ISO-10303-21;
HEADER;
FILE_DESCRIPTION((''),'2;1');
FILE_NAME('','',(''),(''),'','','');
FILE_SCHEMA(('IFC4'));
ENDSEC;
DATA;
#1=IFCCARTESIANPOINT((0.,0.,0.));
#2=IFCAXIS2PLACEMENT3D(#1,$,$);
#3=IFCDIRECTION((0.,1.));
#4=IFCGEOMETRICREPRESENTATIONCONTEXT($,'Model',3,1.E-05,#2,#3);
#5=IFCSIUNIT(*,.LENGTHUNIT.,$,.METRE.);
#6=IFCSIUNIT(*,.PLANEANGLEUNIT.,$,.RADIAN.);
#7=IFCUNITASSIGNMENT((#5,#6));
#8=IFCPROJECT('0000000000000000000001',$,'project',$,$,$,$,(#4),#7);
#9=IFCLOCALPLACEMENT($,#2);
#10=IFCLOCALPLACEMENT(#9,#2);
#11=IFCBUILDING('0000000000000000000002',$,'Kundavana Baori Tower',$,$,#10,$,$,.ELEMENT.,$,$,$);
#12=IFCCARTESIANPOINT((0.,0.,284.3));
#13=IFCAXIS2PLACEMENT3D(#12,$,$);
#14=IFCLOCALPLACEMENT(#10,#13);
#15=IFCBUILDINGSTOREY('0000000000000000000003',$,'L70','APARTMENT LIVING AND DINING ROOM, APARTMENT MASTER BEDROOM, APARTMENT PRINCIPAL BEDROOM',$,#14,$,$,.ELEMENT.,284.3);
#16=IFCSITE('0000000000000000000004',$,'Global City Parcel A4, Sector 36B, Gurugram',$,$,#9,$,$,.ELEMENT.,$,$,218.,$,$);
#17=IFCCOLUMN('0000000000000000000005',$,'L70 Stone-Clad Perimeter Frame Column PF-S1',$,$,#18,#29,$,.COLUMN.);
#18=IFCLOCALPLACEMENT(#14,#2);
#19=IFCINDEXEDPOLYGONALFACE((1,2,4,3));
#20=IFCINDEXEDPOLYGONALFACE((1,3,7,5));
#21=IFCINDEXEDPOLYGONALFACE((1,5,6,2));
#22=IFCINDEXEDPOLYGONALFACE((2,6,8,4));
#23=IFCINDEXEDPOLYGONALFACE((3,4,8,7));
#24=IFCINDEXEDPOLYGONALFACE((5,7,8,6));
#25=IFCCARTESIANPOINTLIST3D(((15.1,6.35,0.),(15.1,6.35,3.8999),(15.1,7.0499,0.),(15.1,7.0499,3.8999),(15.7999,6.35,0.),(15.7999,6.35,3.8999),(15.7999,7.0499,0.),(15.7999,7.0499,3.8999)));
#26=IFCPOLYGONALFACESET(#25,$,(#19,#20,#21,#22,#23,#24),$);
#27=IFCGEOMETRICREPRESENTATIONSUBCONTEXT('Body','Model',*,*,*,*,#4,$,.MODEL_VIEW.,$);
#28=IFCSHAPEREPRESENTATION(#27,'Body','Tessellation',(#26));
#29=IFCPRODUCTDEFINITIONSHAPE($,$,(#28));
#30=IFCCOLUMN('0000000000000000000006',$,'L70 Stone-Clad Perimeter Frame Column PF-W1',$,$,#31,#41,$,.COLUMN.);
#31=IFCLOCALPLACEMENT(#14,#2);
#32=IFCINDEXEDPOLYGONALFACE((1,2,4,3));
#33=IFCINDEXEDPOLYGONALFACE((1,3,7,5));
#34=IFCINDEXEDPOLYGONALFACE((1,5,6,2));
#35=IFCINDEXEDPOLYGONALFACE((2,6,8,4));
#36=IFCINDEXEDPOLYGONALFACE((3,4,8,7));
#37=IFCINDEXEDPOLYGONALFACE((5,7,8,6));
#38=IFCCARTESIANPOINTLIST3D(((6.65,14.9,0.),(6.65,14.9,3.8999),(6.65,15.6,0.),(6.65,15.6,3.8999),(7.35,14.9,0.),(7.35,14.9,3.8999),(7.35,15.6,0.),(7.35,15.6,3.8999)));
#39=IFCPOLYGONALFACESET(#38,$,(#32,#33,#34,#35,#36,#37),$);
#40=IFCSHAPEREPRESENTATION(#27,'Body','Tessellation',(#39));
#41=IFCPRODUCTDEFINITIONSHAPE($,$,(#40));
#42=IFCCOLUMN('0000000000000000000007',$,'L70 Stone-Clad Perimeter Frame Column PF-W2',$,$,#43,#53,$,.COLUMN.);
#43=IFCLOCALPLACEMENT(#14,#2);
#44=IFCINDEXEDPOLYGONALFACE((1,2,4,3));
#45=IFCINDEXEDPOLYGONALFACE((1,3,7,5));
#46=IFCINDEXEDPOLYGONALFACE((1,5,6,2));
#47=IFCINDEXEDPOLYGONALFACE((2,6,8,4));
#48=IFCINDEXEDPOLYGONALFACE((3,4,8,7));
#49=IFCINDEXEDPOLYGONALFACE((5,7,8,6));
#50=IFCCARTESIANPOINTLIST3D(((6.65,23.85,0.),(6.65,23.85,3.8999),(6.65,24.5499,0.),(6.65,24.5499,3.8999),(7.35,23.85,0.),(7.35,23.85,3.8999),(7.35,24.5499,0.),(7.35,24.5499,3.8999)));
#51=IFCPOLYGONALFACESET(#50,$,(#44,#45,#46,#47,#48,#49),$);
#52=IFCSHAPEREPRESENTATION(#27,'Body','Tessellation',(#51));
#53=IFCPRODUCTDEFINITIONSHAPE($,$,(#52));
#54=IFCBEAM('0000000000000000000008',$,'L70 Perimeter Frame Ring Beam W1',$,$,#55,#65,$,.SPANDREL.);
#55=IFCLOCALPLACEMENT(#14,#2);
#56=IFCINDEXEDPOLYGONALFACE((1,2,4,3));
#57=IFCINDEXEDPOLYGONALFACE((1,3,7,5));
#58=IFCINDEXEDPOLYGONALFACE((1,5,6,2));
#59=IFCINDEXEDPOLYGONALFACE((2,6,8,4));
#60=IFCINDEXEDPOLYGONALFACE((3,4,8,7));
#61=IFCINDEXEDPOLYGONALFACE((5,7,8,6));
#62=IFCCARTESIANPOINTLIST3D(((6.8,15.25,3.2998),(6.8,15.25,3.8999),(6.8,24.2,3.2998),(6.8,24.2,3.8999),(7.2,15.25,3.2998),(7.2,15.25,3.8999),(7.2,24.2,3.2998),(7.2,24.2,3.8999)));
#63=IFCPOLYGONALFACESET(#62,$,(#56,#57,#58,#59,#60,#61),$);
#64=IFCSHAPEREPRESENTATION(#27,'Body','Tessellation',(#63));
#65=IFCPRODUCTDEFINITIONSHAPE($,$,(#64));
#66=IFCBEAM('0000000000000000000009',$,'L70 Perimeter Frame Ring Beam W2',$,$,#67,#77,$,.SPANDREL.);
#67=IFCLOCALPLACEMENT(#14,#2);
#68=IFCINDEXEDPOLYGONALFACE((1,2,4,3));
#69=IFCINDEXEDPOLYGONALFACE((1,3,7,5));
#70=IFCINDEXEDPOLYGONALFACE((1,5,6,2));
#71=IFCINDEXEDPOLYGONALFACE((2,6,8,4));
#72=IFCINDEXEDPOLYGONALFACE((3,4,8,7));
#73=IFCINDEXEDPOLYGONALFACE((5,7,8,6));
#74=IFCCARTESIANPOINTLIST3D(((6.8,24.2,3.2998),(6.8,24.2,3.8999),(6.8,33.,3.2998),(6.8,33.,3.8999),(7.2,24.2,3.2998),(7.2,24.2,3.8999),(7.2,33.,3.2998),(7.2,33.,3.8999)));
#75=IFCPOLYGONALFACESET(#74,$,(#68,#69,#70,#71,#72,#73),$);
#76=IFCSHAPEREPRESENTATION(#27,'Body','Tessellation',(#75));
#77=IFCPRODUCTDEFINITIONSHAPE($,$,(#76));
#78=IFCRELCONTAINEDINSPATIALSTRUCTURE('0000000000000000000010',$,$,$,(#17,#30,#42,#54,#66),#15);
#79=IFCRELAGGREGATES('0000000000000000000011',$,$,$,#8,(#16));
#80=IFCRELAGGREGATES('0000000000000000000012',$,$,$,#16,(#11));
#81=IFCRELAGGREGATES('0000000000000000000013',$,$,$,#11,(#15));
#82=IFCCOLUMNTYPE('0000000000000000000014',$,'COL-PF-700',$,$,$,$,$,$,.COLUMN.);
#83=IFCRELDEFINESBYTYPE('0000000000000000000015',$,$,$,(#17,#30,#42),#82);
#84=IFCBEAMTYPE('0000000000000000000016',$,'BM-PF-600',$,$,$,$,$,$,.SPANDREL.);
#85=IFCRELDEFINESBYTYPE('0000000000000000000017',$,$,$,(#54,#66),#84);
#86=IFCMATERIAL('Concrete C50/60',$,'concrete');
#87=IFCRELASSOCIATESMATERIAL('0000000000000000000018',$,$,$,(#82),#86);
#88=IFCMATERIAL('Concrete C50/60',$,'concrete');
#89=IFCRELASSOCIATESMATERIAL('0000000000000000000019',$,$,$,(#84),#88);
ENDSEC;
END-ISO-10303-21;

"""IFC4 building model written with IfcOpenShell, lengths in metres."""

from ifc_helpers import new_model, si_unit, direction, frame, origin, origin_2d, place, context, subcontext, project, spatial, rectangle, extrude, material, material_profile, profile_set, type_object, element, save


model = new_model("IFC4")

# Units and contexts
model_context = context("Model", 3, precision=1e-05, world=origin(), true_north=direction((0.0, 1.0)))
body_context = subcontext(model_context, "Body", "Model", "MODEL_VIEW")
ifc_project = project(units=[si_unit("LENGTHUNIT", "METRE"), si_unit("PLANEANGLEUNIT", "RADIAN")], contexts=[model_context])

# Site, building, storey
site_placement = place(None, origin())
site = spatial("IfcSite", under=ifc_project, at=site_placement, Name="Global City Parcel A4, Sector 36B, Gurugram", CompositionType="ELEMENT", RefElevation=218.0)
building_placement = place(site_placement, origin())
building = spatial("IfcBuilding", under=site, at=building_placement, Name="Kundavana Baori Tower", CompositionType="ELEMENT")
storey_placement = place(building_placement, frame((0.0, 0.0, 284.3)))
storey = spatial("IfcBuildingStorey", under=building, at=storey_placement, Name="L70", Description="APARTMENT LIVING AND DINING ROOM, APARTMENT MASTER BEDROOM, APARTMENT PRINCIPAL BEDROOM", CompositionType="ELEMENT", Elevation=284.3)

# Columns
ifc_material_1 = material(Name="Concrete C50/60", Category="concrete")
ifc_material_profile_1 = material_profile(ifc_material_1, rectangle(XDim=0.7, YDim=0.7, at=origin_2d()), Name="RC PF 700x700")
ifc_profile_set_1 = profile_set([ifc_material_profile_1], Name="Concrete C50/60")
column_type = type_object("IfcColumnType", Name="COL-PF-700", PredefinedType="COLUMN", material=ifc_profile_set_1)
for number, where, z_axis, x_axis, name in (
    (1, (15.45, 6.7, 0.0), (0.0, 0.0, 1.0), (1.0, 0.0, 0.0), "L70 Stone-Clad Perimeter Frame Column PF-S1"),
    (2, (7.0, 15.25, 0.0), (0.0, 0.0, 1.0), (1.0, 0.0, 0.0), "L70 Stone-Clad Perimeter Frame Column PF-W1"),
    (3, (7.0, 24.2, 0.0), (0.0, 0.0, 1.0), (1.0, 0.0, 0.0), "L70 Stone-Clad Perimeter Frame Column PF-W2"),
):
    element("IfcColumn", number, at=place(storey_placement, frame(where, z_axis=z_axis, x_axis=x_axis)), inside=storey, type_object=column_type, Name=name, PredefinedType="COLUMN", context=body_context, shape_type="SweptSolid", body=[
        extrude(rectangle(XDim=0.7, YDim=0.7, at=origin_2d()), origin(), (0.0, 0.0, 1.0), 3.8999),
    ])

# Beams
ifc_material_2 = material(Name="Concrete C50/60", Category="concrete")
ifc_material_profile_2 = material_profile(ifc_material_2, rectangle(XDim=0.3999, YDim=0.6001, at=origin_2d()), Name="RC BM 400x600")
ifc_profile_set_2 = profile_set([ifc_material_profile_2], Name="Concrete C50/60")
beam_type = type_object("IfcBeamType", Name="BM-PF-600", PredefinedType="SPANDREL", material=ifc_profile_set_2)
beam_1_placement = place(storey_placement, frame((7.0, 15.25, 3.5999), z_axis=(0.0, 1.0, 0.0), x_axis=(-1.0, 0.0, 0.0)))
element("IfcBeam", 4, at=beam_1_placement, inside=storey, type_object=beam_type, Name="L70 Perimeter Frame Ring Beam W1", PredefinedType="SPANDREL", context=body_context, shape_type="SweptSolid", body=[
    extrude(rectangle(XDim=0.3999, YDim=0.6001, at=origin_2d()), origin(), (0.0, 0.0, 1.0), 8.95),
])
beam_2_placement = place(storey_placement, frame((7.0, 24.2, 3.5999), z_axis=(0.0, 1.0, 0.0), x_axis=(-1.0, 0.0, 0.0)))
element("IfcBeam", 5, at=beam_2_placement, inside=storey, type_object=beam_type, Name="L70 Perimeter Frame Ring Beam W2", PredefinedType="SPANDREL", context=body_context, shape_type="SweptSolid", body=[
    extrude(rectangle(XDim=0.3999, YDim=0.6001, at=origin_2d()), origin(), (0.0, 0.0, 1.0), 8.8),
])

save(model, "model.ifc")
